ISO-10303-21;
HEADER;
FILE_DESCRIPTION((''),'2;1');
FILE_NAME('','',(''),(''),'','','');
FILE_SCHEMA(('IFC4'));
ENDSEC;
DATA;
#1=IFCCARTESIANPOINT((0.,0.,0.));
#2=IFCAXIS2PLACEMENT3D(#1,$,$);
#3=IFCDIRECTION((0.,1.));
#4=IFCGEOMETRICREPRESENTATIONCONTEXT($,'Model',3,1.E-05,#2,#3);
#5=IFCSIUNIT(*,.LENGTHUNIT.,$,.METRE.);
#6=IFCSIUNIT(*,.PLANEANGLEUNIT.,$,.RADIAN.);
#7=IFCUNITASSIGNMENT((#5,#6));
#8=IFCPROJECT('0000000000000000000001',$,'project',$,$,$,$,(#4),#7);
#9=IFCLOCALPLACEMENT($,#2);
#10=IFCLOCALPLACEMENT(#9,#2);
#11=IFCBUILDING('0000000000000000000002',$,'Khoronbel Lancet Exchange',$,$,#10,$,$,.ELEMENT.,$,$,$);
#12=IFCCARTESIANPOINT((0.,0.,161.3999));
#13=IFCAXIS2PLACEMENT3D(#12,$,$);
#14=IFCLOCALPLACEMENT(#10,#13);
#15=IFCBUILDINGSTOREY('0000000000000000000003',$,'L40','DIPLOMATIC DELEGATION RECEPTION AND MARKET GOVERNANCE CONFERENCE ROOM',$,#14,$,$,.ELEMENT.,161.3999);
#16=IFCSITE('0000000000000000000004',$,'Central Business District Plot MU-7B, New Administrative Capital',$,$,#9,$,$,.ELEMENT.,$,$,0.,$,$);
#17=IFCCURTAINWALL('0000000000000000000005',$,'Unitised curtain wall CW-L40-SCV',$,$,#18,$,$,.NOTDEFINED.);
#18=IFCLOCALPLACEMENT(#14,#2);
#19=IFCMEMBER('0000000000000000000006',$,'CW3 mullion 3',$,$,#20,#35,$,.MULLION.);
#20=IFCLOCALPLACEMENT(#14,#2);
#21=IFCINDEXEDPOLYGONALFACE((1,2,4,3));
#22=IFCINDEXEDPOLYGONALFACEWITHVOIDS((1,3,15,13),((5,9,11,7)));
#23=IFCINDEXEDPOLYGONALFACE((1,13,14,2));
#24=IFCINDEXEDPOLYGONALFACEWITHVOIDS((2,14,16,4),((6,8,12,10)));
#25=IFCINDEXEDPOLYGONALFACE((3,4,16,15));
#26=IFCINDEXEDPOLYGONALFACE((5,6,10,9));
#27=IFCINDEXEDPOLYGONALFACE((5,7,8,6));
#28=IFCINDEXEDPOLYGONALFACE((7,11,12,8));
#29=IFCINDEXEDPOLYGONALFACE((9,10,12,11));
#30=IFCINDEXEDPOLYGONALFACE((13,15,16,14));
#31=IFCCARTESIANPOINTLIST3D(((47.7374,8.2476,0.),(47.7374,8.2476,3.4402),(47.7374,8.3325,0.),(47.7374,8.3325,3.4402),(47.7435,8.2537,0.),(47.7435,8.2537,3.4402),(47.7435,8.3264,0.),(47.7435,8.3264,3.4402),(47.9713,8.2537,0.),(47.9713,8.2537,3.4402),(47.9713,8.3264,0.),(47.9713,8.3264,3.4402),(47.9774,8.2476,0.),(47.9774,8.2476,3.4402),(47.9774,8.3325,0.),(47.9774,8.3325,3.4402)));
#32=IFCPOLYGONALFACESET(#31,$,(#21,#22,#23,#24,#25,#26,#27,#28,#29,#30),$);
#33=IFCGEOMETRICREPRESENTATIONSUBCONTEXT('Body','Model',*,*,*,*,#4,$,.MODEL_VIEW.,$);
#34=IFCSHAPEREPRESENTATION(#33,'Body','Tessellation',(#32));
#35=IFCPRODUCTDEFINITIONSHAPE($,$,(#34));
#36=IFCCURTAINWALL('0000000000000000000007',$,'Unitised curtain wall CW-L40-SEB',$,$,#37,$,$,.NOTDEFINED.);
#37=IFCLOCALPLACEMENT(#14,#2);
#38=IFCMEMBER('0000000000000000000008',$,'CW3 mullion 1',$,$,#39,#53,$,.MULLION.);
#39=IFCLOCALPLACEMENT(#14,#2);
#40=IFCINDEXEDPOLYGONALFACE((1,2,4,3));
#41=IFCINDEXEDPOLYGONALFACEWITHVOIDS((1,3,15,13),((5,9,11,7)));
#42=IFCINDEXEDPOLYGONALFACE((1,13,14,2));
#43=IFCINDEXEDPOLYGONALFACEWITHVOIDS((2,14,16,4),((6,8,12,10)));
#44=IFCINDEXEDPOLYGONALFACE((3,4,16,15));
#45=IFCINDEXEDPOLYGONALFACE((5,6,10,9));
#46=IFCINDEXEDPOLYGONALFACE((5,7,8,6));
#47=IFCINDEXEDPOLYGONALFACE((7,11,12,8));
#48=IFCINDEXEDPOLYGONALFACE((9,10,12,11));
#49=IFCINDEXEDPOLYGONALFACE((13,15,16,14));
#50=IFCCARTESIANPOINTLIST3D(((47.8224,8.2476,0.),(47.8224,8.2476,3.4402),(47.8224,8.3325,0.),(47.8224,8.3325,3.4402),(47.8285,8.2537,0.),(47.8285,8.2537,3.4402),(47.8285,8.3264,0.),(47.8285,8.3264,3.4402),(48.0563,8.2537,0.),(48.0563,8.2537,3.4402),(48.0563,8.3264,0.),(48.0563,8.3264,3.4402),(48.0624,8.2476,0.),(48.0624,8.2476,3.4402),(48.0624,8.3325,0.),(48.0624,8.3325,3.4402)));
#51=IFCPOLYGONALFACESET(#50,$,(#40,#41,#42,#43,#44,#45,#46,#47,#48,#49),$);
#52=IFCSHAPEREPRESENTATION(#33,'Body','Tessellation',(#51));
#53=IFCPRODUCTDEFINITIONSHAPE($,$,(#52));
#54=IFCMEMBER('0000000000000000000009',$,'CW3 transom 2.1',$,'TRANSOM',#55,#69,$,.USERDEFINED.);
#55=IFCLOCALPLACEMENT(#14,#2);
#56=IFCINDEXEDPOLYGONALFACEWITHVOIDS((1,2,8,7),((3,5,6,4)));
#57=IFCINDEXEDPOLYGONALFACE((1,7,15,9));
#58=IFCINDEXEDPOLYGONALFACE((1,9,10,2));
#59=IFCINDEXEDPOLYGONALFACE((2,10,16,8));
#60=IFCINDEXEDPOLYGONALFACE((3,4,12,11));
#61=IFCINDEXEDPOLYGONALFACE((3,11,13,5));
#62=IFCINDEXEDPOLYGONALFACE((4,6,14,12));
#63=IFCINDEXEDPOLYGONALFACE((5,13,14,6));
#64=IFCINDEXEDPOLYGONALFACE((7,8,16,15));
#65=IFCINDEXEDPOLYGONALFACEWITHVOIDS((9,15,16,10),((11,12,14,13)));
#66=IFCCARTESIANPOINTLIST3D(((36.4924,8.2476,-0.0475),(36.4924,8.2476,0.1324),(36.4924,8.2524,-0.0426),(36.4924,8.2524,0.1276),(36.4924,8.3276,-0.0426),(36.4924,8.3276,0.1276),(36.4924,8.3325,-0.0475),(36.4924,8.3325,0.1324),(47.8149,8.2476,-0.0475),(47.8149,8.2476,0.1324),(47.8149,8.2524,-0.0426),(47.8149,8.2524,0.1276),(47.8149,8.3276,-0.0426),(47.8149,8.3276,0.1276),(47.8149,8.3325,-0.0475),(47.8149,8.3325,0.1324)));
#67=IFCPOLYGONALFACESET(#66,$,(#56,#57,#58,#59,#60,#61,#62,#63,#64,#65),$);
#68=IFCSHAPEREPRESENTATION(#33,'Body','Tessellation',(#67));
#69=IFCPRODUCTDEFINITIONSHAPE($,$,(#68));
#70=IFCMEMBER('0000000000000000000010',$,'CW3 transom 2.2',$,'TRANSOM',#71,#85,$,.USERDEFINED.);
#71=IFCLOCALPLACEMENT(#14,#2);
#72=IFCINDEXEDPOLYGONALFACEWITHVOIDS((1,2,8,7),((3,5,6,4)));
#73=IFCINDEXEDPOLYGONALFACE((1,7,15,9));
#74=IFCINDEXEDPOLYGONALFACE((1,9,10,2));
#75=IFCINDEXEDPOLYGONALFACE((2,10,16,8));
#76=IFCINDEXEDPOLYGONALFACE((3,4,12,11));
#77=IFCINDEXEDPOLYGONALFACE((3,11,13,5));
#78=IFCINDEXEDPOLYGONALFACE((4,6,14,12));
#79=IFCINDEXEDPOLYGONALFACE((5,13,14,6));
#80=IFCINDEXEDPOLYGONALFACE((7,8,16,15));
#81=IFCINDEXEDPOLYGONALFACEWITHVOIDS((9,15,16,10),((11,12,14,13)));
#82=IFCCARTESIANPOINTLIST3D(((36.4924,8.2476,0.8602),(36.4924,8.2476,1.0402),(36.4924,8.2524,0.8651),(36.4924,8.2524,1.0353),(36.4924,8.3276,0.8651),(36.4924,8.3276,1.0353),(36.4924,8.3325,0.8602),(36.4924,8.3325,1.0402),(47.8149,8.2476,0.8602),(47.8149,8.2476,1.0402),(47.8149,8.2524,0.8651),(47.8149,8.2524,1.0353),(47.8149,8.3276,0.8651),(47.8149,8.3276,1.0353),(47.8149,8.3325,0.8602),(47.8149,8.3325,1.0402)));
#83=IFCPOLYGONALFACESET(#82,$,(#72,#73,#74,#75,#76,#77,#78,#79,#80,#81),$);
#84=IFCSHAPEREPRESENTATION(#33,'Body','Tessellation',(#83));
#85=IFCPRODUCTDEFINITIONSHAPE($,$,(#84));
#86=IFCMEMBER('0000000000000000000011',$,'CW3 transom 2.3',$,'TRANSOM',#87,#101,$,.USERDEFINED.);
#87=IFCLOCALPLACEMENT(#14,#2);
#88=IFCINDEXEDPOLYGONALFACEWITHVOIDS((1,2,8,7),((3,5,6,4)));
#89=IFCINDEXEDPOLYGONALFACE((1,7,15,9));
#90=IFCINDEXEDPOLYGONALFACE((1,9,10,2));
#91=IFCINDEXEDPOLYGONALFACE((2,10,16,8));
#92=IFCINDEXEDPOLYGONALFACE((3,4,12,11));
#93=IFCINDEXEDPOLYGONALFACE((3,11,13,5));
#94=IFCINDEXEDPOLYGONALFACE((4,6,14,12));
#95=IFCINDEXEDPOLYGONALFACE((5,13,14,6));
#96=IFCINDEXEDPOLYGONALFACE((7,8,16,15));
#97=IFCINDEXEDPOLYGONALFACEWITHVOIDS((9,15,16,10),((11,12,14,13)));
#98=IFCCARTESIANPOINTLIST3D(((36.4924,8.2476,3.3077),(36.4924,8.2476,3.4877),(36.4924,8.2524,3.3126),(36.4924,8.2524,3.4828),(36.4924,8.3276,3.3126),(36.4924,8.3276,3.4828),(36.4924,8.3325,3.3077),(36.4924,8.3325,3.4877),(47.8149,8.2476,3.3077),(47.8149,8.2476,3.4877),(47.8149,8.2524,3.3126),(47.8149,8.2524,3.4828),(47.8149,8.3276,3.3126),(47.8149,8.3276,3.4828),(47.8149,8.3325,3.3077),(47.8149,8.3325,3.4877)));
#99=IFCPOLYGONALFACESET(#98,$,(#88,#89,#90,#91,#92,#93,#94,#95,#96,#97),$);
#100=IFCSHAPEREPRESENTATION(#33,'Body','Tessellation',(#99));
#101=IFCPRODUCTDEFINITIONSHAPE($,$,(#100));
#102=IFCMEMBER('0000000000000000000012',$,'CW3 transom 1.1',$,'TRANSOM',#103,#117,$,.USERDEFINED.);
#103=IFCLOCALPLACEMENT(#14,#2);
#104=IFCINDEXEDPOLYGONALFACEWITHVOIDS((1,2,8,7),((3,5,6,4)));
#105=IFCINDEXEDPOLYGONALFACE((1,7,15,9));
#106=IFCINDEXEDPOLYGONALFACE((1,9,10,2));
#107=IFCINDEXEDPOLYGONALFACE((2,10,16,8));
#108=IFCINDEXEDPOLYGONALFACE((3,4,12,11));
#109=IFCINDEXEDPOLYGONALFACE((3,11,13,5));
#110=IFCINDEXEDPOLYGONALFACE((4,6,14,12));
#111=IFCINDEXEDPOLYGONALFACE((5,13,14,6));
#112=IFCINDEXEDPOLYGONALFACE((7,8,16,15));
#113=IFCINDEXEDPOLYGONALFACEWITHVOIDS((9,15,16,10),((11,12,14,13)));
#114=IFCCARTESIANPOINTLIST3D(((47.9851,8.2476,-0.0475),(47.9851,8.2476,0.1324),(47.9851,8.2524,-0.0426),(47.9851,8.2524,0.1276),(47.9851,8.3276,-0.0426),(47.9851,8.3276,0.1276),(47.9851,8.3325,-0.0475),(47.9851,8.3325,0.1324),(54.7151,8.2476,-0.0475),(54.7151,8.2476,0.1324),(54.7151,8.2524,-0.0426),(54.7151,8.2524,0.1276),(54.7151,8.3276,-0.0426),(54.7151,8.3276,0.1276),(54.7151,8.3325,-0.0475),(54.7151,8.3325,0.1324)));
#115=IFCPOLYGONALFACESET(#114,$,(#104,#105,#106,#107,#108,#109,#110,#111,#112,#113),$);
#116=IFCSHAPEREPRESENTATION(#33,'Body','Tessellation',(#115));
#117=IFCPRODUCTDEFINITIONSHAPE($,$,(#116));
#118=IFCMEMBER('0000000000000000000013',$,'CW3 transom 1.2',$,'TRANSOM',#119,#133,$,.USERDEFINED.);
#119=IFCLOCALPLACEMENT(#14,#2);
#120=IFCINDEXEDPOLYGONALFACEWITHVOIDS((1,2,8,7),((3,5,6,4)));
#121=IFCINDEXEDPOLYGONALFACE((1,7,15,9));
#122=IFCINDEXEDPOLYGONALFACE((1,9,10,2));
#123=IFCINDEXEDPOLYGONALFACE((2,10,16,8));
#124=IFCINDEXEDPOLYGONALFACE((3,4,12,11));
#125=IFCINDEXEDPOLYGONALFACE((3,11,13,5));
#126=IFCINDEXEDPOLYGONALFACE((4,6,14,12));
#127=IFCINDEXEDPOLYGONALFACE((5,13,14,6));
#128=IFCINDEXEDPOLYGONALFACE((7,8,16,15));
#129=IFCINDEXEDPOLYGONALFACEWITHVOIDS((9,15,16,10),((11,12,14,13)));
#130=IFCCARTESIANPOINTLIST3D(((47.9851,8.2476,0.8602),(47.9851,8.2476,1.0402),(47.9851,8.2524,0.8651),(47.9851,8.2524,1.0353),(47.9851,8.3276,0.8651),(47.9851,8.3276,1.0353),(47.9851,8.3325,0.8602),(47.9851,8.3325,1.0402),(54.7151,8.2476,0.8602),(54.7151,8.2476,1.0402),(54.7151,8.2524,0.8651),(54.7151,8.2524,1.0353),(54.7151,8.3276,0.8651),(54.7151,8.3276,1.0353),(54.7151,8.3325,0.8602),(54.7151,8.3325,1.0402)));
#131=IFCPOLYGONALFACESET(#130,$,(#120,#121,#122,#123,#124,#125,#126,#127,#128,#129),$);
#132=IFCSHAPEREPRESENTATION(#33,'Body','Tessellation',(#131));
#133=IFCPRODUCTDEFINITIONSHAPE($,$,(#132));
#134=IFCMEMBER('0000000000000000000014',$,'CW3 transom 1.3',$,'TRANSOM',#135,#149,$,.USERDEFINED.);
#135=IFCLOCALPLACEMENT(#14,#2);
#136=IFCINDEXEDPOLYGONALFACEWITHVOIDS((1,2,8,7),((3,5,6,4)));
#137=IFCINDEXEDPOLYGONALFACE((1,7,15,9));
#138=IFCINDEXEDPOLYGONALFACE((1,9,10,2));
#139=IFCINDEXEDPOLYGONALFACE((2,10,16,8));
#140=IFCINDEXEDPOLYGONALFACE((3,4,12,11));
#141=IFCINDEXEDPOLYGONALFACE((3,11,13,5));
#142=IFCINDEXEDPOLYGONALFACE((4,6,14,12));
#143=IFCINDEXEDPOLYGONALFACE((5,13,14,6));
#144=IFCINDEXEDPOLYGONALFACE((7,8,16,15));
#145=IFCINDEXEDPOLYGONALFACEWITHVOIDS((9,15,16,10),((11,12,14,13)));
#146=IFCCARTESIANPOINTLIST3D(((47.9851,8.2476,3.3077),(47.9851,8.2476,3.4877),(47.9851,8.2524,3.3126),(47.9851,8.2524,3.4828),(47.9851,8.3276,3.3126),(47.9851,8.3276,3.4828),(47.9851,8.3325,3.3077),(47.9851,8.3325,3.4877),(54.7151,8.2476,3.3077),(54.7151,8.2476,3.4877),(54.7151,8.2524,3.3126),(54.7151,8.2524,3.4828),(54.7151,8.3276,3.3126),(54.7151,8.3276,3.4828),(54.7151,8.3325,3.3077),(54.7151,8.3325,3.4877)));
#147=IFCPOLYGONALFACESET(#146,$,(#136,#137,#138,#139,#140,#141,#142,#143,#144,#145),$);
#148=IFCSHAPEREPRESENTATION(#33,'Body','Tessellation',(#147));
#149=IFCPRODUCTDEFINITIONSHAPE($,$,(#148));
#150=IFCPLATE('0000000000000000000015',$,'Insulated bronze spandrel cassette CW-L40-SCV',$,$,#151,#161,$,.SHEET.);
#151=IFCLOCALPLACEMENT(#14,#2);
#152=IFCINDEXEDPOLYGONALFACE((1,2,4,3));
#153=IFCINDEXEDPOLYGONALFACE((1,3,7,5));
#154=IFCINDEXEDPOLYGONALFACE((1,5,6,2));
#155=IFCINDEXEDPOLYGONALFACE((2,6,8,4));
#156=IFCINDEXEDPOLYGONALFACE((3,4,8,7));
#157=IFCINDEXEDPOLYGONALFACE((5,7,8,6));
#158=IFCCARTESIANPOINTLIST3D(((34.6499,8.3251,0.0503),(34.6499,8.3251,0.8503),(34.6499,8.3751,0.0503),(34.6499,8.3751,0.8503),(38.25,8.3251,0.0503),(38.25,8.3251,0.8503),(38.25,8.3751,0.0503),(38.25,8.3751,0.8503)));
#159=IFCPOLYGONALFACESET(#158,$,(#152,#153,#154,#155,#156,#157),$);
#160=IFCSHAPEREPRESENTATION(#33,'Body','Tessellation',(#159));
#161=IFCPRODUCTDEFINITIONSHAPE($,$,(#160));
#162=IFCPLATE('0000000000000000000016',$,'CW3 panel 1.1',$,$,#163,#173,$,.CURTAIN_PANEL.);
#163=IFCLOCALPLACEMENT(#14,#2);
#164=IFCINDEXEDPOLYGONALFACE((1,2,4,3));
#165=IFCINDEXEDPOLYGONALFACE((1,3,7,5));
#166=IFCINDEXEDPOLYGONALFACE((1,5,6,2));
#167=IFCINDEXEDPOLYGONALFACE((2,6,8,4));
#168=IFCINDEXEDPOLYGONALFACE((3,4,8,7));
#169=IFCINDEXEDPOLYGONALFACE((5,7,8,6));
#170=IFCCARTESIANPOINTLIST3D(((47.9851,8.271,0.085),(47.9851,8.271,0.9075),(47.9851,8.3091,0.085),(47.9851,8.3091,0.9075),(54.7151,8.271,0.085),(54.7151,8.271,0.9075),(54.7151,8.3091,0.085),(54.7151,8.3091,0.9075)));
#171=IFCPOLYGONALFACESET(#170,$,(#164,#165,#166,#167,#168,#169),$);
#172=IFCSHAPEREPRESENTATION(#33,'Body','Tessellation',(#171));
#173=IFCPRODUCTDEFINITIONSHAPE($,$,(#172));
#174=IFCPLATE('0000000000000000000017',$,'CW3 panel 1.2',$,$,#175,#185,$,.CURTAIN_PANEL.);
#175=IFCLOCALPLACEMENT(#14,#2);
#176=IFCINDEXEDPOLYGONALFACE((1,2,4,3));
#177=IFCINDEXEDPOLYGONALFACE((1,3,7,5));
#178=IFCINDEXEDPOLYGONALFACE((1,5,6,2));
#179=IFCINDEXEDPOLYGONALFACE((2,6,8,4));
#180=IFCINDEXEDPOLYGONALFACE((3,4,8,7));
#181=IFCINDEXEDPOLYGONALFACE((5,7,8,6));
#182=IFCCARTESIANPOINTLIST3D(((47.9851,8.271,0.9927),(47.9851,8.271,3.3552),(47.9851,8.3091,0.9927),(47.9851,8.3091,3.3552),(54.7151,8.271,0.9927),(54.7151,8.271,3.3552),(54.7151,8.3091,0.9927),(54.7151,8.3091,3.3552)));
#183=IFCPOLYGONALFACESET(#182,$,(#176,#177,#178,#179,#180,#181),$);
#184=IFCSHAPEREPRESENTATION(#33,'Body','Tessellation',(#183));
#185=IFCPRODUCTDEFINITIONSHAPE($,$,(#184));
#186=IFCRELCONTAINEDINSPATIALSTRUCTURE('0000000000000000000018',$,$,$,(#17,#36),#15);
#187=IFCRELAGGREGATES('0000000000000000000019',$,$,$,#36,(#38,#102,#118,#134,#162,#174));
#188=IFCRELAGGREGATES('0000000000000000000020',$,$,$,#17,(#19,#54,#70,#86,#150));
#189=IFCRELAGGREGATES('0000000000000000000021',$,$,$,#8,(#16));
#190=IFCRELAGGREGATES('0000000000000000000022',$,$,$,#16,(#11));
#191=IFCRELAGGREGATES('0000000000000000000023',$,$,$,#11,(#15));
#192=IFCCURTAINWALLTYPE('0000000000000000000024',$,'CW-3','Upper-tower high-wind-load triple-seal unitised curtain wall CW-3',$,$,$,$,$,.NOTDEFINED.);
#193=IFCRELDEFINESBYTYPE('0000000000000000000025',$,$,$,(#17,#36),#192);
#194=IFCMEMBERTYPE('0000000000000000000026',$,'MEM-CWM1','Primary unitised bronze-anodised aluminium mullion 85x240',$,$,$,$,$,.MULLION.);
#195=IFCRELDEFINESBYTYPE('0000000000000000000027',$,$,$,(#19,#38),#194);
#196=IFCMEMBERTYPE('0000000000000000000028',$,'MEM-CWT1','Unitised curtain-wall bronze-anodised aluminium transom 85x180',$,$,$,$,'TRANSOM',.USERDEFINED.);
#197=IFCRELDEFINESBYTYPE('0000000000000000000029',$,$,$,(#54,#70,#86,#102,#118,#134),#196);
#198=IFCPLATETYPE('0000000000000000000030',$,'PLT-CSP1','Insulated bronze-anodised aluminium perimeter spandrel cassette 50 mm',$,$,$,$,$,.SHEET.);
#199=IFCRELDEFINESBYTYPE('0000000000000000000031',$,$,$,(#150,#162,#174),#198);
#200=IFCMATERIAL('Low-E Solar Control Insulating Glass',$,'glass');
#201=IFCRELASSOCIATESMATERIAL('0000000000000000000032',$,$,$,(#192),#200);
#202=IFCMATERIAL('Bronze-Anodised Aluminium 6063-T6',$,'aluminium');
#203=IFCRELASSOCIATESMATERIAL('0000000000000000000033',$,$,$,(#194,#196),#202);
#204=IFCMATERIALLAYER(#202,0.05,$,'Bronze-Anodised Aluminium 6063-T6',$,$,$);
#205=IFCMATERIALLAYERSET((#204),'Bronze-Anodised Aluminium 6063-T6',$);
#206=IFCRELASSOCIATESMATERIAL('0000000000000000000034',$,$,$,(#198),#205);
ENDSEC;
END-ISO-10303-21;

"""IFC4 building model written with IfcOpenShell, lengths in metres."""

from ifc_helpers import new_model, si_unit, direction, frame, origin, origin_2d, place, context, subcontext, project, spatial, rectangle, hollow_rectangle, extrude, material, layer, layer_set, material_profile, profile_set, type_object, element, aggregate, save


model = new_model("IFC4")

# Units and contexts
model_context = context("Model", 3, precision=1e-05, world=origin(), true_north=direction((0.0, 1.0)))
body_context = subcontext(model_context, "Body", "Model", "MODEL_VIEW")
ifc_project = project(units=[si_unit("LENGTHUNIT", "METRE"), si_unit("PLANEANGLEUNIT", "RADIAN")], contexts=[model_context])

# Site, building, storey
site_placement = place(None, origin())
site = spatial("IfcSite", under=ifc_project, at=site_placement, Name="Central Business District Plot MU-7B, New Administrative Capital", CompositionType="ELEMENT", RefElevation=0.0)
building_placement = place(site_placement, origin())
building = spatial("IfcBuilding", under=site, at=building_placement, Name="Khoronbel Lancet Exchange", CompositionType="ELEMENT")
storey_placement = place(building_placement, frame((0.0, 0.0, 161.3999)))
storey = spatial("IfcBuildingStorey", under=building, at=storey_placement, Name="L40", Description="DIPLOMATIC DELEGATION RECEPTION AND MARKET GOVERNANCE CONFERENCE ROOM", CompositionType="ELEMENT", Elevation=161.3999)

# Curtain wall, member
ifc_material_1 = material(Name="Low-E Solar Control Insulating Glass", Category="glass")
curtain_wall_type = type_object("IfcCurtainWallType", Name="CW-3", Description="Upper-tower high-wind-load triple-seal unitised curtain wall CW-3", PredefinedType="NOTDEFINED", material=ifc_material_1)
curtain_wall_1_placement = place(storey_placement, origin())
curtain_wall_1 = element("IfcCurtainWall", 1, at=curtain_wall_1_placement, inside=storey, type_object=curtain_wall_type, Name="Unitised curtain wall CW-L40-SCV", PredefinedType="NOTDEFINED")
ifc_material_2 = material(Name="Bronze-Anodised Aluminium 6063-T6", Category="aluminium")
ifc_material_profile_1 = material_profile(ifc_material_2, hollow_rectangle(XDim=0.085, YDim=0.24, WallThickness=0.0061, at=origin_2d()), Name="ALU MULLION 85x240")
ifc_profile_set_1 = profile_set([ifc_material_profile_1], Name="Bronze-Anodised Aluminium 6063-T6")
member_type_1 = type_object("IfcMemberType", Name="MEM-CWM1", Description="Primary unitised bronze-anodised aluminium mullion 85x240", PredefinedType="MULLION", material=ifc_profile_set_1)
member_1_placement = place(storey_placement, frame((47.8574, 8.29, 0.0), z_axis=(0.0, 0.0, 1.0), x_axis=(0.0, 1.0, 0.0)))
member_1 = element("IfcMember", 2, at=member_1_placement, type_object=member_type_1, Name="CW3 mullion 3", PredefinedType="MULLION", context=body_context, shape_type="SweptSolid", body=[
    extrude(hollow_rectangle(XDim=0.085, YDim=0.24, WallThickness=0.0061, at=origin_2d()), origin(), (0.0, 0.0, 1.0), 3.4402),
])

# Curtain wall, member
curtain_wall_2_placement = place(storey_placement, origin())
curtain_wall_2 = element("IfcCurtainWall", 3, at=curtain_wall_2_placement, inside=storey, type_object=curtain_wall_type, Name="Unitised curtain wall CW-L40-SEB", PredefinedType="NOTDEFINED")
member_2_placement = place(storey_placement, frame((47.9424, 8.29, 0.0), z_axis=(0.0, 0.0, 1.0), x_axis=(0.0, 1.0, 0.0)))
member_2 = element("IfcMember", 4, at=member_2_placement, type_object=member_type_1, Name="CW3 mullion 1", PredefinedType="MULLION", context=body_context, shape_type="SweptSolid", body=[
    extrude(hollow_rectangle(XDim=0.085, YDim=0.24, WallThickness=0.0061, at=origin_2d()), origin(), (0.0, 0.0, 1.0), 3.4402),
])

# Members
ifc_material_profile_2 = material_profile(ifc_material_2, hollow_rectangle(XDim=0.085, YDim=0.1799, WallThickness=0.0049, at=origin_2d()), Name="ALU TRANSOM 85x180")
ifc_profile_set_2 = profile_set([ifc_material_profile_2], Name="Bronze-Anodised Aluminium 6063-T6")
member_type_2 = type_object("IfcMemberType", Name="MEM-CWT1", Description="Unitised curtain-wall bronze-anodised aluminium transom 85x180", ElementType="TRANSOM", PredefinedType="USERDEFINED", material=ifc_profile_set_2)
member_3_placement = place(storey_placement, frame((36.4924, 8.29, 0.0425), z_axis=(1.0, 0.0, 0.0), x_axis=(0.0, 1.0, 0.0)))
member_3 = element("IfcMember", 5, at=member_3_placement, type_object=member_type_2, Name="CW3 transom 2.1", ObjectType="TRANSOM", PredefinedType="USERDEFINED", context=body_context, shape_type="SweptSolid", body=[
    extrude(hollow_rectangle(XDim=0.085, YDim=0.1799, WallThickness=0.0049, at=origin_2d()), origin(), (0.0, 0.0, 1.0), 11.3225),
])
member_4_placement = place(storey_placement, frame((36.4924, 8.29, 0.9502), z_axis=(1.0, 0.0, 0.0), x_axis=(0.0, 1.0, 0.0)))
member_4 = element("IfcMember", 6, at=member_4_placement, type_object=member_type_2, Name="CW3 transom 2.2", ObjectType="TRANSOM", PredefinedType="USERDEFINED", context=body_context, shape_type="SweptSolid", body=[
    extrude(hollow_rectangle(XDim=0.085, YDim=0.1799, WallThickness=0.0049, at=origin_2d()), origin(), (0.0, 0.0, 1.0), 11.3225),
])
member_5_placement = place(storey_placement, frame((36.4924, 8.29, 3.3977), z_axis=(1.0, 0.0, 0.0), x_axis=(0.0, 1.0, 0.0)))
member_5 = element("IfcMember", 7, at=member_5_placement, type_object=member_type_2, Name="CW3 transom 2.3", ObjectType="TRANSOM", PredefinedType="USERDEFINED", context=body_context, shape_type="SweptSolid", body=[
    extrude(hollow_rectangle(XDim=0.085, YDim=0.1799, WallThickness=0.0049, at=origin_2d()), origin(), (0.0, 0.0, 1.0), 11.3225),
])
member_6_placement = place(storey_placement, frame((47.9851, 8.29, 0.0425), z_axis=(1.0, 0.0, 0.0), x_axis=(0.0, 1.0, 0.0)))
member_6 = element("IfcMember", 8, at=member_6_placement, type_object=member_type_2, Name="CW3 transom 1.1", ObjectType="TRANSOM", PredefinedType="USERDEFINED", context=body_context, shape_type="SweptSolid", body=[
    extrude(hollow_rectangle(XDim=0.085, YDim=0.1799, WallThickness=0.0049, at=origin_2d()), origin(), (0.0, 0.0, 1.0), 6.73),
])
member_7_placement = place(storey_placement, frame((47.9851, 8.29, 0.9502), z_axis=(1.0, 0.0, 0.0), x_axis=(0.0, 1.0, 0.0)))
member_7 = element("IfcMember", 9, at=member_7_placement, type_object=member_type_2, Name="CW3 transom 1.2", ObjectType="TRANSOM", PredefinedType="USERDEFINED", context=body_context, shape_type="SweptSolid", body=[
    extrude(hollow_rectangle(XDim=0.085, YDim=0.1799, WallThickness=0.0049, at=origin_2d()), origin(), (0.0, 0.0, 1.0), 6.73),
])
member_8_placement = place(storey_placement, frame((47.9851, 8.29, 3.3977), z_axis=(1.0, 0.0, 0.0), x_axis=(0.0, 1.0, 0.0)))
member_8 = element("IfcMember", 10, at=member_8_placement, type_object=member_type_2, Name="CW3 transom 1.3", ObjectType="TRANSOM", PredefinedType="USERDEFINED", context=body_context, shape_type="SweptSolid", body=[
    extrude(hollow_rectangle(XDim=0.085, YDim=0.1799, WallThickness=0.0049, at=origin_2d()), origin(), (0.0, 0.0, 1.0), 6.73),
])

# Plates
ifc_layer_1 = layer(ifc_material_2, 0.05, Name="Bronze-Anodised Aluminium 6063-T6")
ifc_layer_set_1 = layer_set([ifc_layer_1], Name="Bronze-Anodised Aluminium 6063-T6")
plate_type_1 = type_object("IfcPlateType", Name="PLT-CSP1", Description="Insulated bronze-anodised aluminium perimeter spandrel cassette 50 mm", PredefinedType="SHEET", material=ifc_layer_set_1)
plate_1_placement = place(storey_placement, frame((36.45, 8.3501, 0.0503), z_axis=(0.0, 0.0, 1.0), x_axis=(1.0, 0.0, 0.0)))
plate_1 = element("IfcPlate", 11, at=plate_1_placement, type_object=plate_type_1, Name="Insulated bronze spandrel cassette CW-L40-SCV", PredefinedType="SHEET", context=body_context, shape_type="SweptSolid", body=[
    extrude(rectangle(XDim=3.6001, YDim=0.05, at=origin_2d()), origin(), (0.0, 0.0, 1.0), 0.8),
])
plate_2_placement = place(storey_placement, frame((51.3501, 8.29, 0.085), z_axis=(0.0, 0.0, 1.0), x_axis=(1.0, 0.0, 0.0)))
plate_2 = element("IfcPlate", 12, at=plate_2_placement, type_object=plate_type_1, Name="CW3 panel 1.1", PredefinedType="CURTAIN_PANEL", context=body_context, shape_type="SweptSolid", body=[
    extrude(rectangle(XDim=6.73, YDim=0.0381, at=origin_2d()), origin(), (0.0, 0.0, 1.0), 0.8225),
])
plate_3_placement = place(storey_placement, frame((51.3501, 8.29, 0.9927), z_axis=(0.0, 0.0, 1.0), x_axis=(1.0, 0.0, 0.0)))
plate_3 = element("IfcPlate", 13, at=plate_3_placement, type_object=plate_type_1, Name="CW3 panel 1.2", PredefinedType="CURTAIN_PANEL", context=body_context, shape_type="SweptSolid", body=[
    extrude(rectangle(XDim=6.73, YDim=0.0381, at=origin_2d()), origin(), (0.0, 0.0, 1.0), 2.3625),
])
aggregate(curtain_wall_2, [member_2, member_6, member_7, member_8, plate_2, plate_3])
aggregate(curtain_wall_1, [member_1, member_3, member_4, member_5, plate_1])

save(model, "model.ifc")
